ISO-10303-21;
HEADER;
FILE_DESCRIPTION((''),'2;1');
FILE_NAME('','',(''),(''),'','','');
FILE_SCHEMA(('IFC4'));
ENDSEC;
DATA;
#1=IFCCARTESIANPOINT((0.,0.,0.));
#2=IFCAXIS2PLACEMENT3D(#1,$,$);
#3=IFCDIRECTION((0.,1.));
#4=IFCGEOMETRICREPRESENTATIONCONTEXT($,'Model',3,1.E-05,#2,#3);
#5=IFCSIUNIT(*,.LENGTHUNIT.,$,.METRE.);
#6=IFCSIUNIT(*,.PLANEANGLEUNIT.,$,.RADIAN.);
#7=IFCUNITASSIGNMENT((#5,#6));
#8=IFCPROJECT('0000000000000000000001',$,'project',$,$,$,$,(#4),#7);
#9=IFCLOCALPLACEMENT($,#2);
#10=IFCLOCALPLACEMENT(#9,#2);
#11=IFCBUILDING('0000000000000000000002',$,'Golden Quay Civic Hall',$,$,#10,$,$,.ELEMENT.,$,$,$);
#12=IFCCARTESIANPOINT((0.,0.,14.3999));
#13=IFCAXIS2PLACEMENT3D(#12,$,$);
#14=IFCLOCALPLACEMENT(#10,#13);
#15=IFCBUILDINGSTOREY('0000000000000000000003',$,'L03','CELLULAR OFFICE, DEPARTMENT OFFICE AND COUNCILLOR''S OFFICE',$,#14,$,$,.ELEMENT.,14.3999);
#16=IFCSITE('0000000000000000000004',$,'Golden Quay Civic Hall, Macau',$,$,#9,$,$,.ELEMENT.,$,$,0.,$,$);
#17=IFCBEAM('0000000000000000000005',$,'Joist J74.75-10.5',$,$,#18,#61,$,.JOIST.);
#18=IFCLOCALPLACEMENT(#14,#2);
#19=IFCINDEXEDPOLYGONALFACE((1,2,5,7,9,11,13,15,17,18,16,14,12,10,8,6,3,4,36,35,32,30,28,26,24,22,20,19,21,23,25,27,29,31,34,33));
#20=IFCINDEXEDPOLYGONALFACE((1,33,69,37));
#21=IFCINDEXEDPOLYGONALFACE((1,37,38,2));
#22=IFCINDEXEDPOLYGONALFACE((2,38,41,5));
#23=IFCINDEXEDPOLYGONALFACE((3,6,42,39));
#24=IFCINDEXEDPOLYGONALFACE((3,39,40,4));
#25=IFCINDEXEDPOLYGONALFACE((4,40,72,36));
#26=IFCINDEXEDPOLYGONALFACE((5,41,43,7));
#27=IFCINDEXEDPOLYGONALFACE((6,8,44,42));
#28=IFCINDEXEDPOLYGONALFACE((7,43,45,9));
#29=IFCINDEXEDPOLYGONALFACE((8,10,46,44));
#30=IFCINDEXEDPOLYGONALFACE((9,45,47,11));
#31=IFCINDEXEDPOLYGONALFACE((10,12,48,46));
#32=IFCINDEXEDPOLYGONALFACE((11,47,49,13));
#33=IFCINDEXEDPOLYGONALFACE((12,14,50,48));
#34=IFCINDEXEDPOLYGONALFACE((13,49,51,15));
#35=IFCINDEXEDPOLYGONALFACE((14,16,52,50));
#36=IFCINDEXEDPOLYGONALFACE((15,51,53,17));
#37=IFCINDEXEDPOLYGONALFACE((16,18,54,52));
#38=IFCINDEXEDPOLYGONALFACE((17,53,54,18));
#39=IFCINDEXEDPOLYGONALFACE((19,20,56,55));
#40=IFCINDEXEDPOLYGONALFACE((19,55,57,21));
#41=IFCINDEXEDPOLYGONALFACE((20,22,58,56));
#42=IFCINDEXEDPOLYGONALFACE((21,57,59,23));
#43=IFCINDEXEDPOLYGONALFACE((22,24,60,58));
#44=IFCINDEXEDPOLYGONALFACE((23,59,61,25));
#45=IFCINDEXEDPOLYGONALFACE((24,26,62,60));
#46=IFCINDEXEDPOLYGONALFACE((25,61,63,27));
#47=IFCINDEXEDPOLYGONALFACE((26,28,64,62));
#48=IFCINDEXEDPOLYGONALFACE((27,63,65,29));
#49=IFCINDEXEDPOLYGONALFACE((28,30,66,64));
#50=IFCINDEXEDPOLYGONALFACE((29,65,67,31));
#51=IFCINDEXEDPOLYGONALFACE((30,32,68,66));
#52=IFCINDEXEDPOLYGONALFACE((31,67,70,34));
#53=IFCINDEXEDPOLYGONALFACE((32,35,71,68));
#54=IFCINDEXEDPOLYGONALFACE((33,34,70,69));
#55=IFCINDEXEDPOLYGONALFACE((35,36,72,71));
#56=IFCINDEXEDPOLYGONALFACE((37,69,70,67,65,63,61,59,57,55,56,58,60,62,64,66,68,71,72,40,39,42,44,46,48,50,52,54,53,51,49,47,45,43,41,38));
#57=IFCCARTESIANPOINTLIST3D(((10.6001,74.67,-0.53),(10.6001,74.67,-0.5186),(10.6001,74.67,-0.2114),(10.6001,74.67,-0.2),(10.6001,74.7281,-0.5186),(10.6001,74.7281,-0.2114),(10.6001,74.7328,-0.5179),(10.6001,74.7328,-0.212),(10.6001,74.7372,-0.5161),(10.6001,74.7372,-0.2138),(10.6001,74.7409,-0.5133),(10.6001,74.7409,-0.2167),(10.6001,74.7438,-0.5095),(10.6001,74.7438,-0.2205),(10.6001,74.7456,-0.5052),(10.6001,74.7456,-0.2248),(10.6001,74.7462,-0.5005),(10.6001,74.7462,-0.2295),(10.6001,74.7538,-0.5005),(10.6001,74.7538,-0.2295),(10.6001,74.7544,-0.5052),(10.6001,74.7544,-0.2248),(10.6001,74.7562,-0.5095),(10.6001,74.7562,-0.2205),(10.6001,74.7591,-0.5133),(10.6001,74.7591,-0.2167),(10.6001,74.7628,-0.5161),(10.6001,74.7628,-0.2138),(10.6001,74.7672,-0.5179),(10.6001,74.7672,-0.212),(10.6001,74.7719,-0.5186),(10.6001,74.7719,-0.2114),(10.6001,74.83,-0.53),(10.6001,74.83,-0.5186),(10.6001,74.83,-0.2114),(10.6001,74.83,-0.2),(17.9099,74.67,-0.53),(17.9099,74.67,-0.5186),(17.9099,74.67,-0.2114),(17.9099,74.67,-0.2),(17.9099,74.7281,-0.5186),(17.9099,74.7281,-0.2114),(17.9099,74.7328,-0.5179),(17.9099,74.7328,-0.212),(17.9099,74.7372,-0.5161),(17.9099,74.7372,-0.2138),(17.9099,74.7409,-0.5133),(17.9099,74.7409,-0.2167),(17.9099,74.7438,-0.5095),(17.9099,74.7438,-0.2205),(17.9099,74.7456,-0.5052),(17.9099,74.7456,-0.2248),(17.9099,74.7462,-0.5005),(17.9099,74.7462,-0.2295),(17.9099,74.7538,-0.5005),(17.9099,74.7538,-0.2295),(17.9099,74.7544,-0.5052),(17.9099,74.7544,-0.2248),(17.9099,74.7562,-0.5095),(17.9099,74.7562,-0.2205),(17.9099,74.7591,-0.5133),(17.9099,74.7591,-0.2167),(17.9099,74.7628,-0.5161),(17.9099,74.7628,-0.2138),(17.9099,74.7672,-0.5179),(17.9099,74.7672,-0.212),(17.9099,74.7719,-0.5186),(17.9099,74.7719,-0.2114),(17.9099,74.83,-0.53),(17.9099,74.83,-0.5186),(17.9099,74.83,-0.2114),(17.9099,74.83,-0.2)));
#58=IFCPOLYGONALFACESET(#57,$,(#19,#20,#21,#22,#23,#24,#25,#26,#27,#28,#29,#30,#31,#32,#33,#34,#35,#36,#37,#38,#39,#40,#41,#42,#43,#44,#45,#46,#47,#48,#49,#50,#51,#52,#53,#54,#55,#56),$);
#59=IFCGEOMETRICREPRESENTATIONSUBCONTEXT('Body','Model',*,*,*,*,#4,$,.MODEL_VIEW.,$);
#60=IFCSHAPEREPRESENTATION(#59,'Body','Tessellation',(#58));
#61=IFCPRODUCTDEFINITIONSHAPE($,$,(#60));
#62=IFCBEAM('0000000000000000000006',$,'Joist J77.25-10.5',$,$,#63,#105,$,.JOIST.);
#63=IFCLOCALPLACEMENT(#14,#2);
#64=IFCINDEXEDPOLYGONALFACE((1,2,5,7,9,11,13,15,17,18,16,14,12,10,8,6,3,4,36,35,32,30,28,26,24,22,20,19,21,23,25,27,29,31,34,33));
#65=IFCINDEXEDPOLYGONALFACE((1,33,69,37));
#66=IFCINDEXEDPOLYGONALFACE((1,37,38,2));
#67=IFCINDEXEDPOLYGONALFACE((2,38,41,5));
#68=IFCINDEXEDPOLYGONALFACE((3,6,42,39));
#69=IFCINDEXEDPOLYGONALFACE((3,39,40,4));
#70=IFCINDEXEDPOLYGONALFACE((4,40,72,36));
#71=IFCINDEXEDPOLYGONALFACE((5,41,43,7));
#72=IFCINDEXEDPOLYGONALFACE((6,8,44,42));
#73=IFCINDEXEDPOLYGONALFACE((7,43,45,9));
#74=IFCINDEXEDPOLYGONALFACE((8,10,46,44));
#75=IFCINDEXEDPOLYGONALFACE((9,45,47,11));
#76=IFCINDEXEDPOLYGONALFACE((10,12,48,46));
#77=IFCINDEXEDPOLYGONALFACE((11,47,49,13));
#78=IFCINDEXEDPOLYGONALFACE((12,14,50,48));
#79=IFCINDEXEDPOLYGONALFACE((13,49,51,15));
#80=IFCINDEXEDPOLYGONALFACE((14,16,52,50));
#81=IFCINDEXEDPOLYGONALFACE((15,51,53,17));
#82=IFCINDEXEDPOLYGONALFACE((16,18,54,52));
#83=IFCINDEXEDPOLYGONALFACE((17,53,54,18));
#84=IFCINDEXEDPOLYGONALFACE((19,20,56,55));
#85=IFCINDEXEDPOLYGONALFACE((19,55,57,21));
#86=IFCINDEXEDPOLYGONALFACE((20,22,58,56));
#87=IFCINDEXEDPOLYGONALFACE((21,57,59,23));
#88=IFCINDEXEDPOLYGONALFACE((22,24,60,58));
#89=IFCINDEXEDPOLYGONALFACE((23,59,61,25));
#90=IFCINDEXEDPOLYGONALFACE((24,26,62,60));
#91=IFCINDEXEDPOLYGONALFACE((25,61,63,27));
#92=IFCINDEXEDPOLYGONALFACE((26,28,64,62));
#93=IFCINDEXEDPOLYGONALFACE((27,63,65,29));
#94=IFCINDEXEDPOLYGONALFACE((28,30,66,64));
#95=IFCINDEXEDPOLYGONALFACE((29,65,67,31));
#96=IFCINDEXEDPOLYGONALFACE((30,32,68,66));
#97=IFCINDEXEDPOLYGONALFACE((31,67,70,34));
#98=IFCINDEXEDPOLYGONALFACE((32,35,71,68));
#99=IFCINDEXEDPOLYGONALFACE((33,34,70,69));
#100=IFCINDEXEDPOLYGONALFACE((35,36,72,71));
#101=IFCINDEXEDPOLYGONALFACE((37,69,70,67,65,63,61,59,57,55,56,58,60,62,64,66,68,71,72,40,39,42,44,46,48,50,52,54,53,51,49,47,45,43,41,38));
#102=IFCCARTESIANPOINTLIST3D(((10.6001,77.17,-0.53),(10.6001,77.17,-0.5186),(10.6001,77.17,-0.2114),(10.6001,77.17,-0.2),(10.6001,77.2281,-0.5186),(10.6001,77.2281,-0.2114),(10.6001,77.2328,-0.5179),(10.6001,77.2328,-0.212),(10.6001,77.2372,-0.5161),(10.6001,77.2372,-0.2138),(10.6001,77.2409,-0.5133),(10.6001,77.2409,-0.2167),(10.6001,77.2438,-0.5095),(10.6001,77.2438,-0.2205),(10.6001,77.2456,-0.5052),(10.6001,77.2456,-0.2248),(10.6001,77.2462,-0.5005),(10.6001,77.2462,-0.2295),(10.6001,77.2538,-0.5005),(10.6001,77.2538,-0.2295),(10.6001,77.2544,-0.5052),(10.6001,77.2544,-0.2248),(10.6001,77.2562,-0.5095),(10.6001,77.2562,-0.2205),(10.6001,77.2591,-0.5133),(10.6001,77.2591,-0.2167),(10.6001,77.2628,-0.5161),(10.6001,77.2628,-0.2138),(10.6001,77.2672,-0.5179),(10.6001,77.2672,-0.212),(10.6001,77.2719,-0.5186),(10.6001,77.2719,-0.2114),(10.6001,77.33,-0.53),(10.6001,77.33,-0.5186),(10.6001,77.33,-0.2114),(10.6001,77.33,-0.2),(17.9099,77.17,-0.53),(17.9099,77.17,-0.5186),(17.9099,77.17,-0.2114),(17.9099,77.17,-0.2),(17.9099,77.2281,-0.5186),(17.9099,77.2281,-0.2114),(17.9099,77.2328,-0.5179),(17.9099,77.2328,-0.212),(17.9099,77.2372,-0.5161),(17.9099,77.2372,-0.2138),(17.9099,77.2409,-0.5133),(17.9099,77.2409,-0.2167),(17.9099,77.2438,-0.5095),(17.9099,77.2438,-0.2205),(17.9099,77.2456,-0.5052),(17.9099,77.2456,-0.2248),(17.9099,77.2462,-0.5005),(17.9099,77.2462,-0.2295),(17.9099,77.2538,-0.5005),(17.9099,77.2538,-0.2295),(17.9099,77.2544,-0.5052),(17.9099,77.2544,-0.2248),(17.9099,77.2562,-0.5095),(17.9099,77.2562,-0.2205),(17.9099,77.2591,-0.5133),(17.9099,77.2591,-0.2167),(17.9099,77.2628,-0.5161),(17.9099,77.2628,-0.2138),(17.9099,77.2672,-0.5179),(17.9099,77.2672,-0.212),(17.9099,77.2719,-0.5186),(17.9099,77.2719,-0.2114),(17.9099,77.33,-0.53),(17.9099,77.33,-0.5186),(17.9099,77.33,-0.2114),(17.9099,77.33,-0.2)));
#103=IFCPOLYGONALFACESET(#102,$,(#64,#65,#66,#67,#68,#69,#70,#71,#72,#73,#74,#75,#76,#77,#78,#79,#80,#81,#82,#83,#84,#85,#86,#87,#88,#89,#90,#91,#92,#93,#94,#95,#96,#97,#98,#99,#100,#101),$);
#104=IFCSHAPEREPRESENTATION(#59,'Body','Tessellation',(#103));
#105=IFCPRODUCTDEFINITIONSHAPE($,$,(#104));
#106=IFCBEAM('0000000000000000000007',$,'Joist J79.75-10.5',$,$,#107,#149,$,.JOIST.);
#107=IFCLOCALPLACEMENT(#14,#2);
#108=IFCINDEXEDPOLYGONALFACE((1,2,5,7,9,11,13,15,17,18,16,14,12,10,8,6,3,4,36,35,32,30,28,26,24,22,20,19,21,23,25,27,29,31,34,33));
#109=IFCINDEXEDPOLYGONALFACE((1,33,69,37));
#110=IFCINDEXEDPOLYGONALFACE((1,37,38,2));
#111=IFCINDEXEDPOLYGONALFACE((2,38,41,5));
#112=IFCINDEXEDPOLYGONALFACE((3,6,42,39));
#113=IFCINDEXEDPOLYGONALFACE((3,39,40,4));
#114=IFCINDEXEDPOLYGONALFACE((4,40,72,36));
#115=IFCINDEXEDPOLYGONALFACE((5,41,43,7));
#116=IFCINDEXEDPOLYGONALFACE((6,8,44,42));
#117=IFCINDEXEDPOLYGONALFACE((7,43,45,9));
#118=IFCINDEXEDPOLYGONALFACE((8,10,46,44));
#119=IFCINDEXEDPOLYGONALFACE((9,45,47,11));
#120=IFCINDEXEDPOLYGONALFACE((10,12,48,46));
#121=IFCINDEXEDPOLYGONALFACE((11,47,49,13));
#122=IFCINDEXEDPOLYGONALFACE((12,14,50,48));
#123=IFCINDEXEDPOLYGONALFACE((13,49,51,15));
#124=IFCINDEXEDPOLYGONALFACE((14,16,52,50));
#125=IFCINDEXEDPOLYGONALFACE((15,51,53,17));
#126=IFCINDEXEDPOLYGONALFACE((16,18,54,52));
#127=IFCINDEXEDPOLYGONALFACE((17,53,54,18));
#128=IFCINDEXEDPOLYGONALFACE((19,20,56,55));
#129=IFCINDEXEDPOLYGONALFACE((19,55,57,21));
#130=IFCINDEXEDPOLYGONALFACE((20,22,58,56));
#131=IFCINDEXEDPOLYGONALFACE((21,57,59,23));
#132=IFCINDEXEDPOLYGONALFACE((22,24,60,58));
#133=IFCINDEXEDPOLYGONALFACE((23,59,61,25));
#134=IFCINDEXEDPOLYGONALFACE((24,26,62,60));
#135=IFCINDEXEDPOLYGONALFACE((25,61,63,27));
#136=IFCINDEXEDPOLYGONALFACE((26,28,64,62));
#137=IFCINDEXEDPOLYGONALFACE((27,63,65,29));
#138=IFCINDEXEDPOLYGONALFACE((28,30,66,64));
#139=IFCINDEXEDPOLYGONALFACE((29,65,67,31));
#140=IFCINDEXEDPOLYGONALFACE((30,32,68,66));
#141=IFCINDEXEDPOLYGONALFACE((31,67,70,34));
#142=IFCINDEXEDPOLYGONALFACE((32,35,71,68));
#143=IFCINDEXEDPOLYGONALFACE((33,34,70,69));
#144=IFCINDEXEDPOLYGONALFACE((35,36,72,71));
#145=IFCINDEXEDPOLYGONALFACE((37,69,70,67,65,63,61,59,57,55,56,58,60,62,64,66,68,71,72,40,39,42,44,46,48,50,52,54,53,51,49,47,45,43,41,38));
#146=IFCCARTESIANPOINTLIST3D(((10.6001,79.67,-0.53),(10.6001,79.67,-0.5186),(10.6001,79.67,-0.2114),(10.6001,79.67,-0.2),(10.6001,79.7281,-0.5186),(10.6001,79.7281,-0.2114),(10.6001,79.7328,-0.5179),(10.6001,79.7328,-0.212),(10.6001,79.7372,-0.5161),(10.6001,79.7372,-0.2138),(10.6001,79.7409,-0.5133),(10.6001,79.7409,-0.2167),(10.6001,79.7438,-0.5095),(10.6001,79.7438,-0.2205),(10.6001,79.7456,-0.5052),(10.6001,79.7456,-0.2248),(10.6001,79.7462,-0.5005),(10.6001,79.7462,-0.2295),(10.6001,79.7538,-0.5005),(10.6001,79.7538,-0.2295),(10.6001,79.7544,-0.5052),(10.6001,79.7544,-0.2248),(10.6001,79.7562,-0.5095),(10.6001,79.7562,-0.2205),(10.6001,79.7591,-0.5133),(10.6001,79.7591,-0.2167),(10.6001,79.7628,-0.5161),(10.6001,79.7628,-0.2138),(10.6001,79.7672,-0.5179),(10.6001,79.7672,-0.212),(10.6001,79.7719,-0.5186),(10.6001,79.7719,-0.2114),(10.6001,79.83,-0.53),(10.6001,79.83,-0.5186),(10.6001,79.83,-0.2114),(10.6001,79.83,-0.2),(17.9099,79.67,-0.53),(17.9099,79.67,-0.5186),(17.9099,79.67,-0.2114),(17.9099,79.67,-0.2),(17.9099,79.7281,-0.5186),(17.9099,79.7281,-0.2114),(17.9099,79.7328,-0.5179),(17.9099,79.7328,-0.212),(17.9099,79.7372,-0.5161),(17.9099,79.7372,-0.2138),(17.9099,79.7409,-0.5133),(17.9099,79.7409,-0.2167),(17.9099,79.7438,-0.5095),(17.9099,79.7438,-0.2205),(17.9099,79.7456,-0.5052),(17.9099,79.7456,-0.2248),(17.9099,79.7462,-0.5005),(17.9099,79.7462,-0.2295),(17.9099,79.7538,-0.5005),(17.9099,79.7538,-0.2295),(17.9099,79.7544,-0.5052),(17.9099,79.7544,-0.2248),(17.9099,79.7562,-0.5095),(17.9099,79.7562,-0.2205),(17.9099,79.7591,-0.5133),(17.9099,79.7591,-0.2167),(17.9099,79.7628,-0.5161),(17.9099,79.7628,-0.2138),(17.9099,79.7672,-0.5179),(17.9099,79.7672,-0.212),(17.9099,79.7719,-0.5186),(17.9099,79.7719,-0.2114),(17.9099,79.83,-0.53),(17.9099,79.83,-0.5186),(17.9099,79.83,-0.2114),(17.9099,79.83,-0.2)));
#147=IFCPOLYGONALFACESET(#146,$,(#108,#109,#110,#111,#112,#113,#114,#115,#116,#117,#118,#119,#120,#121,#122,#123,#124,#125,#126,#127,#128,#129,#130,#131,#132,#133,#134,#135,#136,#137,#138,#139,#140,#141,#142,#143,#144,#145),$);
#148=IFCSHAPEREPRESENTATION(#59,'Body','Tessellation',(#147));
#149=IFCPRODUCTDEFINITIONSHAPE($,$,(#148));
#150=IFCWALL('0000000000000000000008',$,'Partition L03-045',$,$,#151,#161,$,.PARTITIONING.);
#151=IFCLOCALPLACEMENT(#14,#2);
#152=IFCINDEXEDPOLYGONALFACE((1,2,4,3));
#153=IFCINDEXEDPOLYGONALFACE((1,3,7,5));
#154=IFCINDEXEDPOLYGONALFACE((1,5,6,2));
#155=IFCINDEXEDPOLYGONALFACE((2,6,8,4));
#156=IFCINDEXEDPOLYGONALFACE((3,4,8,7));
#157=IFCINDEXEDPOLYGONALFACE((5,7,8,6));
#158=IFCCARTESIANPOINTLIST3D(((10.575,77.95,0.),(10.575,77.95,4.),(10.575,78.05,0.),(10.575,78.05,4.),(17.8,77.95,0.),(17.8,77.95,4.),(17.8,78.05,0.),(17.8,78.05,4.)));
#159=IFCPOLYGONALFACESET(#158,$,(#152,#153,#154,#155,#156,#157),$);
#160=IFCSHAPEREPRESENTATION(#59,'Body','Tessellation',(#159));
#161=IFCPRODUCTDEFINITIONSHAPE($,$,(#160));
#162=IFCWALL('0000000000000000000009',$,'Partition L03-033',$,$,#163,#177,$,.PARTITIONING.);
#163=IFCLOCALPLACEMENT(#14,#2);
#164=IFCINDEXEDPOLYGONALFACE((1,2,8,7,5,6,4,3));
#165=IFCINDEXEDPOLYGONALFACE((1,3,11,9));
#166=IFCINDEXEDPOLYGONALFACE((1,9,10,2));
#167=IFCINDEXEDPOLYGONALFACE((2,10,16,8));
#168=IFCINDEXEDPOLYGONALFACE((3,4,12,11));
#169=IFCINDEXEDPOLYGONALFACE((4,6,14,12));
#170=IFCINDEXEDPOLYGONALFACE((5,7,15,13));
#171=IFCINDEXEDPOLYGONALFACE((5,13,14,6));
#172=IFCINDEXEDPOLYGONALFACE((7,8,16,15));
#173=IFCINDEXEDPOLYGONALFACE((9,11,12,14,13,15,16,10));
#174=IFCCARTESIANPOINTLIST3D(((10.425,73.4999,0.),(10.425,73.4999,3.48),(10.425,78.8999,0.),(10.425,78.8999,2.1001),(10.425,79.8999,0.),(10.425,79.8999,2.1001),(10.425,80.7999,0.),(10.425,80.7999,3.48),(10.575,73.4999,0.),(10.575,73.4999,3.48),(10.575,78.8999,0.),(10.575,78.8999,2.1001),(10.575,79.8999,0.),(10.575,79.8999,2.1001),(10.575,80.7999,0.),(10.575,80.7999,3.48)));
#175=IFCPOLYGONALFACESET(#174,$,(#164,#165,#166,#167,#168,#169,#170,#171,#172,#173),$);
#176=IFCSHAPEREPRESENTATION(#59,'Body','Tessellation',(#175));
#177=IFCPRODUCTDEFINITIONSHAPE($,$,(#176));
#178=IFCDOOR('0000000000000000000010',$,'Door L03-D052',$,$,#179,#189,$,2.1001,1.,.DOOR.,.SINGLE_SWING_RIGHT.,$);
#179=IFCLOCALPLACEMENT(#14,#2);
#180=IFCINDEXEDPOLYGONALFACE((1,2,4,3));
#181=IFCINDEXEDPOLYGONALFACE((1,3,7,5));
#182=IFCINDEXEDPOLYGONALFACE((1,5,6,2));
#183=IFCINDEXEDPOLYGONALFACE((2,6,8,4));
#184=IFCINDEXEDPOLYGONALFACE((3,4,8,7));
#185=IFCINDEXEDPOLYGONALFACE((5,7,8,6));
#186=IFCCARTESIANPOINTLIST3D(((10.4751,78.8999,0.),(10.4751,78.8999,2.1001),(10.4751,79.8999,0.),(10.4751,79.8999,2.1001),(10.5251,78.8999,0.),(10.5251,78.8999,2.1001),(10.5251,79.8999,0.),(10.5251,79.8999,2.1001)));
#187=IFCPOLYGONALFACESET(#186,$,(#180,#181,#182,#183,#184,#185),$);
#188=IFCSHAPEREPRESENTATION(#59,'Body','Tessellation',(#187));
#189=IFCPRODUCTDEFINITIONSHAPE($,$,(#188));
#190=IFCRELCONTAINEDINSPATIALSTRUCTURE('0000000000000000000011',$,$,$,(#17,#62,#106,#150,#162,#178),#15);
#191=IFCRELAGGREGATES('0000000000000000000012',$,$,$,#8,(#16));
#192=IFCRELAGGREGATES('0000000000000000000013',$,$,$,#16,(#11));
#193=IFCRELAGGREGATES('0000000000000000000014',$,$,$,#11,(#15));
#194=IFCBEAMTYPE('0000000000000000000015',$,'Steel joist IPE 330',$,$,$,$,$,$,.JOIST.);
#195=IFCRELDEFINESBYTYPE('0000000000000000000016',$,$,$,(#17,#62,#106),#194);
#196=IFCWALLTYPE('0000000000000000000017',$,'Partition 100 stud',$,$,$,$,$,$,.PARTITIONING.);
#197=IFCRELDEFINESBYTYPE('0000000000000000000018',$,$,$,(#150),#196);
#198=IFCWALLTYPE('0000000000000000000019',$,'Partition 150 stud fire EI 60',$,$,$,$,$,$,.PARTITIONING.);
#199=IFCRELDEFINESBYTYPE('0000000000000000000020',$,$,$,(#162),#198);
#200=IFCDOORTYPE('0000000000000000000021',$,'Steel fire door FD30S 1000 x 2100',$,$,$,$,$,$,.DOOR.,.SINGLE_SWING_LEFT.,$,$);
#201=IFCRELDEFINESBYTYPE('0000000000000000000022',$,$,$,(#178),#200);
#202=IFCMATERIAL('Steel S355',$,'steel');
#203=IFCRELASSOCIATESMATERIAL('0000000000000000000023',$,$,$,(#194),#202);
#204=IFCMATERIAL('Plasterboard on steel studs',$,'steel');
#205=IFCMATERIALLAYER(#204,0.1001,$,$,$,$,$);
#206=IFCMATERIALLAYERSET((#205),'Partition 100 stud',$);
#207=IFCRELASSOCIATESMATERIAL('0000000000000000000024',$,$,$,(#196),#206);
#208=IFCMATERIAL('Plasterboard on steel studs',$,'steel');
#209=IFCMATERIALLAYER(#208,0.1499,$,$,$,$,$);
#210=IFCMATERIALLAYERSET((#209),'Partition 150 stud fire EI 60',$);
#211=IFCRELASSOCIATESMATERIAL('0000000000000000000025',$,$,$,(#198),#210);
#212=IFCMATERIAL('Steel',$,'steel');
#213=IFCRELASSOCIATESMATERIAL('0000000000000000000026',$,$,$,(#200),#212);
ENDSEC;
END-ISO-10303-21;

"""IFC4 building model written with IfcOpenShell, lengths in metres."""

from ifc_helpers import new_model, si_unit, direction, frame, frame_2d, origin, origin_2d, place, context, subcontext, project, spatial, rectangle, i_section, extrude, material, layer, layer_set, material_profile, profile_set, type_object, element, fill, save


model = new_model("IFC4")

# Units and contexts
model_context = context("Model", 3, precision=1e-05, world=origin(), true_north=direction((0.0, 1.0)))
body_context = subcontext(model_context, "Body", "Model", "MODEL_VIEW")
ifc_project = project(units=[si_unit("LENGTHUNIT", "METRE"), si_unit("PLANEANGLEUNIT", "RADIAN")], contexts=[model_context])

# Site, building, storey
site_placement = place(None, origin())
site = spatial("IfcSite", under=ifc_project, at=site_placement, Name="Golden Quay Civic Hall, Macau", CompositionType="ELEMENT", RefElevation=0.0)
building_placement = place(site_placement, origin())
building = spatial("IfcBuilding", under=site, at=building_placement, Name="Golden Quay Civic Hall", CompositionType="ELEMENT")
storey_placement = place(building_placement, frame((0.0, 0.0, 14.3999)))
storey = spatial("IfcBuildingStorey", under=building, at=storey_placement, Name="L03", Description="CELLULAR OFFICE, DEPARTMENT OFFICE AND COUNCILLOR'S OFFICE", CompositionType="ELEMENT", Elevation=14.3999)

# Beams
ifc_material_1 = material(Name="Steel S355", Category="steel")
ifc_material_profile_1 = material_profile(ifc_material_1, i_section(OverallWidth=0.1599, OverallDepth=0.3301, WebThickness=0.0076, FlangeThickness=0.0115, FilletRadius=0.0181, at=origin_2d()), Name="IPE 330")
ifc_profile_set_1 = profile_set([ifc_material_profile_1], Name="Steel S355")
beam_type_1 = type_object("IfcBeamType", Name="Steel joist IPE 330", PredefinedType="JOIST", material=ifc_profile_set_1)
for number, where, z_axis, x_axis, name in (
    (1, (10.6001, 74.75, -0.365), (1.0, 0.0, 0.0), (0.0, 1.0, 0.0), "Joist J74.75-10.5"),
    (2, (10.6001, 77.25, -0.365), (1.0, 0.0, 0.0), (0.0, 1.0, 0.0), "Joist J77.25-10.5"),
    (3, (10.6001, 79.75, -0.365), (1.0, 0.0, 0.0), (0.0, 1.0, 0.0), "Joist J79.75-10.5"),
):
    element("IfcBeam", number, at=place(storey_placement, frame(where, z_axis=z_axis, x_axis=x_axis)), inside=storey, type_object=beam_type_1, Name=name, PredefinedType="JOIST", context=body_context, shape_type="SweptSolid", body=[
        extrude(i_section(OverallWidth=0.1599, OverallDepth=0.3301, WebThickness=0.0076, FlangeThickness=0.0115, FilletRadius=0.0181, at=origin_2d()), origin(), (0.0, 0.0, 1.0), 7.3098),
    ])

# Wall
ifc_material_2 = material(Name="Plasterboard on steel studs", Category="steel")
ifc_layer_1 = layer(ifc_material_2, 0.1001)
ifc_layer_set_1 = layer_set([ifc_layer_1], Name="Partition 100 stud")
wall_type_1 = type_object("IfcWallType", Name="Partition 100 stud", PredefinedType="PARTITIONING", material=ifc_layer_set_1)
wall_1_placement = place(storey_placement, frame((10.575, 78.0, 0.0), z_axis=(0.0, 0.0, 1.0), x_axis=(1.0, 0.0, 0.0)))
element("IfcWall", 4, at=wall_1_placement, inside=storey, type_object=wall_type_1, Name="Partition L03-045", PredefinedType="PARTITIONING", context=body_context, shape_type="SweptSolid", body=[
    extrude(rectangle(XDim=7.2251, YDim=0.1001, at=frame_2d((3.6125, 0.0))), origin(), (0.0, 0.0, 1.0), 4.0),
])

# Wall, opening, door
ifc_material_3 = material(Name="Plasterboard on steel studs", Category="steel")
ifc_layer_2 = layer(ifc_material_3, 0.1499)
ifc_layer_set_2 = layer_set([ifc_layer_2], Name="Partition 150 stud fire EI 60")
wall_type_2 = type_object("IfcWallType", Name="Partition 150 stud fire EI 60", PredefinedType="PARTITIONING", material=ifc_layer_set_2)
wall_2_placement = place(storey_placement, frame((10.5, 73.5, 0.0), z_axis=(0.0, 0.0, 1.0), x_axis=(0.0, 1.0, 0.0)))
wall_2 = element("IfcWall", 5, at=wall_2_placement, inside=storey, type_object=wall_type_2, Name="Partition L03-033", PredefinedType="PARTITIONING", context=body_context, shape_type="SweptSolid", body=[
    extrude(rectangle(XDim=7.3, YDim=0.1499, at=frame_2d((3.6499, 0.0))), origin(), (0.0, 0.0, 1.0), 3.48),
])
opening_1_placement = place(wall_2_placement, frame((5.3999, 0.0, 0.0)))
opening_1 = element("IfcOpeningElement", 6, at=opening_1_placement, cuts=wall_2, PredefinedType="OPENING", context=body_context, shape_type="SweptSolid", body=[
    extrude(rectangle(XDim=1.0, YDim=2.1001, at=frame_2d((0.5, 1.05))), frame((0.0, 0.085, 0.0), z_axis=(0.0, -1.0, 0.0), x_axis=(1.0, 0.0, 0.0)), (0.0, 0.0, 1.0), 0.1699),
])
ifc_material_4 = material(Name="Steel", Category="steel")
door_type = type_object("IfcDoorType", Name="Steel fire door FD30S 1000 x 2100", OperationType="SINGLE_SWING_LEFT", PredefinedType="DOOR", material=ifc_material_4)
door_1_placement = place(opening_1_placement, frame((1.0, 0.0, 0.0), z_axis=(0.0, 0.0, 1.0), x_axis=(-1.0, 0.0, 0.0)))
door_1 = element("IfcDoor", 7, at=door_1_placement, inside=storey, type_object=door_type, Name="Door L03-D052", OperationType="SINGLE_SWING_RIGHT", OverallHeight=2.1001, OverallWidth=1.0, PredefinedType="DOOR", context=body_context, shape_type="SweptSolid", body=[
    extrude(rectangle(XDim=1.0, YDim=2.1001, at=frame_2d((0.5, 1.05))), frame((0.0, 0.0251, 0.0), z_axis=(0.0, -1.0, 0.0), x_axis=(1.0, 0.0, 0.0)), (0.0, 0.0, 1.0), 0.05),
])
fill(opening_1, door_1)

save(model, "model.ifc")
